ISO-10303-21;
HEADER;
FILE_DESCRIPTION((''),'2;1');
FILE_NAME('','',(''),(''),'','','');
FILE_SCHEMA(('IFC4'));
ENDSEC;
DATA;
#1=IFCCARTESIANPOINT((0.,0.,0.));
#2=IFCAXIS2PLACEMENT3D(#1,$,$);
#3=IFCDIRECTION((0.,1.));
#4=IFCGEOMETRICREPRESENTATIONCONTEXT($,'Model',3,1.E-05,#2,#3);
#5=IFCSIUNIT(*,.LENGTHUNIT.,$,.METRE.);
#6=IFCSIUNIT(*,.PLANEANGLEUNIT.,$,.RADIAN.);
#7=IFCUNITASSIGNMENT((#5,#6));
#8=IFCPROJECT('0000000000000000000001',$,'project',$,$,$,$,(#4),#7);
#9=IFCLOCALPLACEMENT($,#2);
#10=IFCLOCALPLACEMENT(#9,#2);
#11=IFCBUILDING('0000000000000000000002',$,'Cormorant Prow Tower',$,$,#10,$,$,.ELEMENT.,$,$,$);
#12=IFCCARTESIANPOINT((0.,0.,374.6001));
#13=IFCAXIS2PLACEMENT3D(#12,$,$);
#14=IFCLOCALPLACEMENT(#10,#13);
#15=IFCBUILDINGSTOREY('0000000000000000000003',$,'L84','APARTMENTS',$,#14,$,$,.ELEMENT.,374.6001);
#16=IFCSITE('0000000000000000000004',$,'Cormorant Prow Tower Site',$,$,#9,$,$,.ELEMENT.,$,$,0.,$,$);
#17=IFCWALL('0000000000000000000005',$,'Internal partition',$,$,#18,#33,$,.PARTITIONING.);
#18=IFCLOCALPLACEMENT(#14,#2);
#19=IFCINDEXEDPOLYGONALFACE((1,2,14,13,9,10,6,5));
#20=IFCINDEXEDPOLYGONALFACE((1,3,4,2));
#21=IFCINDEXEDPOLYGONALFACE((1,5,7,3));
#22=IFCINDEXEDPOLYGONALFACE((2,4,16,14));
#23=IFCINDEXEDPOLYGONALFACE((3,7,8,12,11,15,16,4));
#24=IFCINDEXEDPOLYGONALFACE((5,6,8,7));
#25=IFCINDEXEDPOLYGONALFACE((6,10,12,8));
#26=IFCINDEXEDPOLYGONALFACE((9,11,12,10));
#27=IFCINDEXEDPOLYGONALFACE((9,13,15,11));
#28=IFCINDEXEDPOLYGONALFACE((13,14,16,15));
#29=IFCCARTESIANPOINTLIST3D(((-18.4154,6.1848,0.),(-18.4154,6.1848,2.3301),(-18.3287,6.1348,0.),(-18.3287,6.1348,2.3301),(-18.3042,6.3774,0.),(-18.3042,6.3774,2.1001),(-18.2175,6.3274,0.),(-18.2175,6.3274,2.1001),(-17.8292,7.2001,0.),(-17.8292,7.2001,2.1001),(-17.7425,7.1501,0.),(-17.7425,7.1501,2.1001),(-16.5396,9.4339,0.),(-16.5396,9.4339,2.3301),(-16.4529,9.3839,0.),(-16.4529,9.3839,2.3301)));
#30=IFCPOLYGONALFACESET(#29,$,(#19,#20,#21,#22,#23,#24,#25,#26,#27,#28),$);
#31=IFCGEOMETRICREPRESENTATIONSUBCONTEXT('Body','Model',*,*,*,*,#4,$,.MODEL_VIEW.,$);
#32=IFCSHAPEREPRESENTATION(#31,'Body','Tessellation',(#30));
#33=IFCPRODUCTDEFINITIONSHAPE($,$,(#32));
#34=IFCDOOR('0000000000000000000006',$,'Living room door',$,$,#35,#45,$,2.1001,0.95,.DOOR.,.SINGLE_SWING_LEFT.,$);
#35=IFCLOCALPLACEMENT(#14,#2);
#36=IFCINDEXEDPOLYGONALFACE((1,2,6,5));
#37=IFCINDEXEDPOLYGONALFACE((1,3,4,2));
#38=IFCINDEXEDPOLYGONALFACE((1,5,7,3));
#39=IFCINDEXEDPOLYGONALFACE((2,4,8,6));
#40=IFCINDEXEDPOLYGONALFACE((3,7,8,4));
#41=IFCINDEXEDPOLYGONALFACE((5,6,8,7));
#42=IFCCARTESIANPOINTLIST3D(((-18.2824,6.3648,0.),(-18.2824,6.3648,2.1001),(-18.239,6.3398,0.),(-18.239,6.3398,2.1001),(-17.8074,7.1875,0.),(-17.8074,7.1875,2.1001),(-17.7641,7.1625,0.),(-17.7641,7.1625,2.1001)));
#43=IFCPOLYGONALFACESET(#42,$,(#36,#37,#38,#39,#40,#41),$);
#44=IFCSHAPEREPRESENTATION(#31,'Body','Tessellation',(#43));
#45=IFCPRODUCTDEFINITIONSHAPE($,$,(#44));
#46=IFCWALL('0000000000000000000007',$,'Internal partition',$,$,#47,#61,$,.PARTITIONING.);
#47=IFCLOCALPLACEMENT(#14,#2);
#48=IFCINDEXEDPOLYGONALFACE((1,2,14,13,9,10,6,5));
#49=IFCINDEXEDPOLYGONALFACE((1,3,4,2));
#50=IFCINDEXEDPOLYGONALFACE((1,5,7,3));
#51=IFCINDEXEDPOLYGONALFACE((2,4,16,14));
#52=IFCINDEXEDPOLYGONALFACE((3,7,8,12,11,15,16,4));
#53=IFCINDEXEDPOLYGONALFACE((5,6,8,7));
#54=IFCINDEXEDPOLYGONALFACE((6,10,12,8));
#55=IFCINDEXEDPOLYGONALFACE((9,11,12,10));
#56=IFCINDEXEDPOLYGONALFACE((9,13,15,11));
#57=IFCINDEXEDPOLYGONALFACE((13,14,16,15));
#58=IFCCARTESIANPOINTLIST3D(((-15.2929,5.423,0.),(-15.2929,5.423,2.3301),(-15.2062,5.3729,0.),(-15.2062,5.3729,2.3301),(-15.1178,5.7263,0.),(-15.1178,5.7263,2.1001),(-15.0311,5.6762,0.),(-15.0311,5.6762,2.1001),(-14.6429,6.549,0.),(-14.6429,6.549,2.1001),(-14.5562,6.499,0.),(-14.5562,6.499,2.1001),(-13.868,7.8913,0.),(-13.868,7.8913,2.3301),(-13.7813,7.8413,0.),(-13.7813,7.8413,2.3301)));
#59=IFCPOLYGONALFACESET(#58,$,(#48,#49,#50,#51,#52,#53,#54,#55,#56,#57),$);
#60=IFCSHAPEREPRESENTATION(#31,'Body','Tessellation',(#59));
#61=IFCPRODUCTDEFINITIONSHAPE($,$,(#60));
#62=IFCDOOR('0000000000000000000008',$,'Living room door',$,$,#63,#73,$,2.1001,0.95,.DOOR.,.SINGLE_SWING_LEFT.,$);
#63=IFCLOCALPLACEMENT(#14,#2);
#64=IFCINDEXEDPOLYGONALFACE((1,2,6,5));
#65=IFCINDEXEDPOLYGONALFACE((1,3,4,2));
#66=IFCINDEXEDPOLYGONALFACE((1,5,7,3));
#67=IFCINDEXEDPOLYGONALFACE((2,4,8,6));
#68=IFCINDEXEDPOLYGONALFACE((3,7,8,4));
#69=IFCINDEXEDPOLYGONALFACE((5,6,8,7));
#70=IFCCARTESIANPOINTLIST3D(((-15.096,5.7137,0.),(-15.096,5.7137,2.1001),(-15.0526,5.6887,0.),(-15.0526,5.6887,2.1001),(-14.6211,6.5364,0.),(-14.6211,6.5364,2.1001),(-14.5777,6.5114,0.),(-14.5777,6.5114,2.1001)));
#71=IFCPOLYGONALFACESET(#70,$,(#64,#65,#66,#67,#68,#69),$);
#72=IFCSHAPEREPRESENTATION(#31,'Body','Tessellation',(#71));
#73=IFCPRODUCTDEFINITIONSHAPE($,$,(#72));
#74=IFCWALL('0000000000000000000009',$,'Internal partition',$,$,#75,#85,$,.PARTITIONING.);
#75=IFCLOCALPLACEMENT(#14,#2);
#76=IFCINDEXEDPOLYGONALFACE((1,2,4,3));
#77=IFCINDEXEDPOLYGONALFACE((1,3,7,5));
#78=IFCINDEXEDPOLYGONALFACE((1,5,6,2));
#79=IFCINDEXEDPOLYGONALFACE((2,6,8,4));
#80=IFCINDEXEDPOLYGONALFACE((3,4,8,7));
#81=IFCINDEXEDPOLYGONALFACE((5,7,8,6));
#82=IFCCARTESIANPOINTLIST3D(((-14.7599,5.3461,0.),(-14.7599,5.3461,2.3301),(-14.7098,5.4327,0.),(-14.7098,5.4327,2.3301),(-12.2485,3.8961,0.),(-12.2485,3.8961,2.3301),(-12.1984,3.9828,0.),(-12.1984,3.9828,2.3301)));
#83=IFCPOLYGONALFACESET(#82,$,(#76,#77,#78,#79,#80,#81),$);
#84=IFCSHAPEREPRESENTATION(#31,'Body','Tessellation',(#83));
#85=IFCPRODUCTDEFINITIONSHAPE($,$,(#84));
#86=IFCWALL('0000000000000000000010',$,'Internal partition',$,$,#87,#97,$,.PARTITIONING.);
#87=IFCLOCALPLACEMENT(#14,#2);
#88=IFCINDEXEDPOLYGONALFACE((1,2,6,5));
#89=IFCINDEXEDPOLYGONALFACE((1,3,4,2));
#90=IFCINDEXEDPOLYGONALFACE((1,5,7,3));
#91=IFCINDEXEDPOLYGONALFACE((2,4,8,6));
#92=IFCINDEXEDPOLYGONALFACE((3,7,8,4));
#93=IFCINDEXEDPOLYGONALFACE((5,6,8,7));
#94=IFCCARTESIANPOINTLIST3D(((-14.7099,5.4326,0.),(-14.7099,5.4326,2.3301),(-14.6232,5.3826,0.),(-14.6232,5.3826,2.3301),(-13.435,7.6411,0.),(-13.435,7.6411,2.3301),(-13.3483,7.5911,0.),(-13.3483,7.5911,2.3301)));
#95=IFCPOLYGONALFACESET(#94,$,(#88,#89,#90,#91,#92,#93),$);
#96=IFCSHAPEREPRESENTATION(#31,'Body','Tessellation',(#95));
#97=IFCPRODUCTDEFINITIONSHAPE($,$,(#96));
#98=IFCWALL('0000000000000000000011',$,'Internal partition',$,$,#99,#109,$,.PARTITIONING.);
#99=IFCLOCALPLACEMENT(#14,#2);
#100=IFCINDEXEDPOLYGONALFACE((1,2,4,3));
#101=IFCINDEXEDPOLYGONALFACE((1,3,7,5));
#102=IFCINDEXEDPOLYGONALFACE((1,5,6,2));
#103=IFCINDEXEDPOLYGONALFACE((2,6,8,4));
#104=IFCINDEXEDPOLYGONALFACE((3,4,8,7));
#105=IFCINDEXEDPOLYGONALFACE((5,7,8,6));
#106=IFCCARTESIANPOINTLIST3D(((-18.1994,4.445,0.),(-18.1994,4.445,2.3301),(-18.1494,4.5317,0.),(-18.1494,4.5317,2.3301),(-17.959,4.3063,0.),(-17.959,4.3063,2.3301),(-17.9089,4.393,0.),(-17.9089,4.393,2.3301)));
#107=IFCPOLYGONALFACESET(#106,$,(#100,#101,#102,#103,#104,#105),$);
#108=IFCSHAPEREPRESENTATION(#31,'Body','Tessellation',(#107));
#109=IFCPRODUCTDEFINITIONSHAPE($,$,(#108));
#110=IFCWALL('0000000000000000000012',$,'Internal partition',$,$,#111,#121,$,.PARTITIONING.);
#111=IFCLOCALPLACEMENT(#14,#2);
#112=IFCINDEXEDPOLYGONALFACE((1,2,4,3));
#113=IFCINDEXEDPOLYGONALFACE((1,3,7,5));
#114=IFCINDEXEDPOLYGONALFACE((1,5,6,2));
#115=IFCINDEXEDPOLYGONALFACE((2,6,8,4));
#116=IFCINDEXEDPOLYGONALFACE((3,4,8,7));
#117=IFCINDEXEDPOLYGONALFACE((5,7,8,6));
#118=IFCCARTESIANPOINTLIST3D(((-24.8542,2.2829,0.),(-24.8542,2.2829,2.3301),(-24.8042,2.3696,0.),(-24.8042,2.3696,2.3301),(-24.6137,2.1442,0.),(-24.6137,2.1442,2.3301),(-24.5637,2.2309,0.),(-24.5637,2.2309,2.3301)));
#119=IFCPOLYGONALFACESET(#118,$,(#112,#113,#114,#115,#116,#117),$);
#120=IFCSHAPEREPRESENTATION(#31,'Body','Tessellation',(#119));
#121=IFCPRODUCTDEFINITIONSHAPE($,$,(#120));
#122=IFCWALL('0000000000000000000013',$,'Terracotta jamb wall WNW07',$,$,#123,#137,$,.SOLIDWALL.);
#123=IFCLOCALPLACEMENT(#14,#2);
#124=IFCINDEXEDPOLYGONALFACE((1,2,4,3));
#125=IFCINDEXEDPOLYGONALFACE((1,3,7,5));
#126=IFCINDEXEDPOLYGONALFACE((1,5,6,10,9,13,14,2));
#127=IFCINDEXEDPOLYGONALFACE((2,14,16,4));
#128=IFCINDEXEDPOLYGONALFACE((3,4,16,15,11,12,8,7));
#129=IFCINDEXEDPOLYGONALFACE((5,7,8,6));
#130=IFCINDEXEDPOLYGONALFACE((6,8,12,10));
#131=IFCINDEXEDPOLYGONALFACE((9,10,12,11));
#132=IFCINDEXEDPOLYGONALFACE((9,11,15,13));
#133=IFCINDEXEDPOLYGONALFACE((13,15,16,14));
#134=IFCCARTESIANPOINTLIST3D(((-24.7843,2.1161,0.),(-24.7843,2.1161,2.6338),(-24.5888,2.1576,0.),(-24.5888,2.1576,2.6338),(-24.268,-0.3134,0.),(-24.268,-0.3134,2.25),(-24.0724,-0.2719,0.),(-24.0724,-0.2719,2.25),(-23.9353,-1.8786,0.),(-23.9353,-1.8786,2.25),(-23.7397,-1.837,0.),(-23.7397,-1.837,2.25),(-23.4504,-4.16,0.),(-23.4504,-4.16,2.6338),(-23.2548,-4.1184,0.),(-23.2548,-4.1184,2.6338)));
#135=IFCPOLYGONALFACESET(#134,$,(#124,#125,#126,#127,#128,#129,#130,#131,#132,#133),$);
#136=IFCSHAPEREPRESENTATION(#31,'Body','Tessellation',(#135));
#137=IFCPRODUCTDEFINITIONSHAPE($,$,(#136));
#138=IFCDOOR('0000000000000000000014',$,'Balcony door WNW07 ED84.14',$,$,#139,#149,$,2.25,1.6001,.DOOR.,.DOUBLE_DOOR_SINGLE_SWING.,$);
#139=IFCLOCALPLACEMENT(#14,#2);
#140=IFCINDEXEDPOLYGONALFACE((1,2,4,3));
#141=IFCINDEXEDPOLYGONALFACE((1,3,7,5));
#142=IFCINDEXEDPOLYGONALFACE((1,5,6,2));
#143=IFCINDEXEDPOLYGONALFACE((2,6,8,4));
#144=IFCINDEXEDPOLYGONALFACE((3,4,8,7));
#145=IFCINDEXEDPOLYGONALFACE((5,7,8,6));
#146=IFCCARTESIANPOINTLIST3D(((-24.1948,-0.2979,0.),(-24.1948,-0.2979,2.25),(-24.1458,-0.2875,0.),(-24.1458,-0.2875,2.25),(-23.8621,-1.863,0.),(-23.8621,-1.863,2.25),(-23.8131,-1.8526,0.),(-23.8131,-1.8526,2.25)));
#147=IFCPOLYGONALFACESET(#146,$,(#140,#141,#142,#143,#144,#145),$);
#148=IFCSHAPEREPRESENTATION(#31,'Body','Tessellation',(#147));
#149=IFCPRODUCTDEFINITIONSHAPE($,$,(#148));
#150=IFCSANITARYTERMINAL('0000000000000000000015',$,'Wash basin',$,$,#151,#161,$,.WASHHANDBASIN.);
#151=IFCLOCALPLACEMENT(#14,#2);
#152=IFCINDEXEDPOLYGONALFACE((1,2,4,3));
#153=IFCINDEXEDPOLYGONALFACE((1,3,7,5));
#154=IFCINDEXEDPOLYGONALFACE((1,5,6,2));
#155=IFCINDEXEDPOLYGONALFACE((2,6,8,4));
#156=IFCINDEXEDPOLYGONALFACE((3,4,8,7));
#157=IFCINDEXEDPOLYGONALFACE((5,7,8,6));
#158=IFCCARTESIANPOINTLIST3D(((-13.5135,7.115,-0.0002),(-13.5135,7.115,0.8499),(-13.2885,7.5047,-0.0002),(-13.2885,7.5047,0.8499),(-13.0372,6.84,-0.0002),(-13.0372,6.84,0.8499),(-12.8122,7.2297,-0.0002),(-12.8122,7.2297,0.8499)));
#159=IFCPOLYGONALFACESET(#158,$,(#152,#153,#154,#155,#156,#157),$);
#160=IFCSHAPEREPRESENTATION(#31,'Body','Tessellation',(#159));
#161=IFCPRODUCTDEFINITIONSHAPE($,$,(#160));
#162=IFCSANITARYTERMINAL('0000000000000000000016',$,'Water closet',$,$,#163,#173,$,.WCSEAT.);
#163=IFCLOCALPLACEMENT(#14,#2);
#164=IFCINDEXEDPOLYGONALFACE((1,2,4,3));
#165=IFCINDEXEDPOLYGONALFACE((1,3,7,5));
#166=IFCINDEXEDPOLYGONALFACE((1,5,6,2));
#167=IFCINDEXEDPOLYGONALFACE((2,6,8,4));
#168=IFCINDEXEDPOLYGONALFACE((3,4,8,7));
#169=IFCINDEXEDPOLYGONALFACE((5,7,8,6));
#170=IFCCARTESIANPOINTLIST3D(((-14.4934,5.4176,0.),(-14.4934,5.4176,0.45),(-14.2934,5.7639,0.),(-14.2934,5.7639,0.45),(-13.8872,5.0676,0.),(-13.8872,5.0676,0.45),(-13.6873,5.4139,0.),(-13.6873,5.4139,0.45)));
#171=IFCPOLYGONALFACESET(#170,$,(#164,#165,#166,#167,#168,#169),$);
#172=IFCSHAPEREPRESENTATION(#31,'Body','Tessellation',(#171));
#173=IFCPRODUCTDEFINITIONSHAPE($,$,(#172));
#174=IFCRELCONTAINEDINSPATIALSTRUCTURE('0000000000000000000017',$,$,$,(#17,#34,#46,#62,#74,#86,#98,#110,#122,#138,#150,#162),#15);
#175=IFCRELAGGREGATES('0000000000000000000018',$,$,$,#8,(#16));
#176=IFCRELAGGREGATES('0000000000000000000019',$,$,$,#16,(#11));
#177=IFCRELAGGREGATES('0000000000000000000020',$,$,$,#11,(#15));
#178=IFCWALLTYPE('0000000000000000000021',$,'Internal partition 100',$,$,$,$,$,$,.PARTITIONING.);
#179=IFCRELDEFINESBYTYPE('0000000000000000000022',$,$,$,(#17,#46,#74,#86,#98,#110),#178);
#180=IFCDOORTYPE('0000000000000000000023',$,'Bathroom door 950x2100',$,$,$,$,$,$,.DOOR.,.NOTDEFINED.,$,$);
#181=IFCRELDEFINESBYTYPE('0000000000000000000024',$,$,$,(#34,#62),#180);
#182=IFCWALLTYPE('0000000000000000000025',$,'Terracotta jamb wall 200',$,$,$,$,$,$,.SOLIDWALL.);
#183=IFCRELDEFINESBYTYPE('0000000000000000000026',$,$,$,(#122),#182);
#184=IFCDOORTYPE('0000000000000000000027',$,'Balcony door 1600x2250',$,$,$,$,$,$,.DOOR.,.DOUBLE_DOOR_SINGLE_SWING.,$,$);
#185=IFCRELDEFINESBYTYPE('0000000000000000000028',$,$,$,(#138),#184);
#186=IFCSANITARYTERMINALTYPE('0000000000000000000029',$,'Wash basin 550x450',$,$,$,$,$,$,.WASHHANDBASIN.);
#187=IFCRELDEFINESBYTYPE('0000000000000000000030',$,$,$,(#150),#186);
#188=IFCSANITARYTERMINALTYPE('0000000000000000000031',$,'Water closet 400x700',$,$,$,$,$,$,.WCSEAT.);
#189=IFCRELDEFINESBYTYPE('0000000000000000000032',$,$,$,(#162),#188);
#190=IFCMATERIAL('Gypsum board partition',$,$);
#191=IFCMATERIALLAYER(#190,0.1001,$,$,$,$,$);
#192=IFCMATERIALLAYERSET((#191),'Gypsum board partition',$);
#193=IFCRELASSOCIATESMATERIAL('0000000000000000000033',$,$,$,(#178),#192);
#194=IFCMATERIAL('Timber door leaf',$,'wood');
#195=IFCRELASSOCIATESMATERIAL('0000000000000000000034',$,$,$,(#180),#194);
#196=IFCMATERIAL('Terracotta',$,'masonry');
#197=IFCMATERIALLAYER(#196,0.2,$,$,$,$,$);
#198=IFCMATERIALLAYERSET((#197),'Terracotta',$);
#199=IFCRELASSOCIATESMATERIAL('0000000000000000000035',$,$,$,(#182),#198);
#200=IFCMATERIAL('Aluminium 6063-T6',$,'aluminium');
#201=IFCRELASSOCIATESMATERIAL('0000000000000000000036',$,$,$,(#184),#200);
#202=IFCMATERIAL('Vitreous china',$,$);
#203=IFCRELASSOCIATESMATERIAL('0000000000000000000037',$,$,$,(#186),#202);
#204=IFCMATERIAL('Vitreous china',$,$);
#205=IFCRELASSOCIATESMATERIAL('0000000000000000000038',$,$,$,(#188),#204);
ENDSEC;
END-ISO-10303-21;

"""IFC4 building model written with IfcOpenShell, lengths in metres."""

from ifc_helpers import new_model, si_unit, direction, frame, frame_2d, origin, origin_2d, place, context, subcontext, project, spatial, rectangle, extrude, material, layer, layer_set, type_object, element, fill, save


model = new_model("IFC4")

# Units and contexts
model_context = context("Model", 3, precision=1e-05, world=origin(), true_north=direction((0.0, 1.0)))
body_context = subcontext(model_context, "Body", "Model", "MODEL_VIEW")
ifc_project = project(units=[si_unit("LENGTHUNIT", "METRE"), si_unit("PLANEANGLEUNIT", "RADIAN")], contexts=[model_context])

# Site, building, storey
site_placement = place(None, origin())
site = spatial("IfcSite", under=ifc_project, at=site_placement, Name="Cormorant Prow Tower Site", CompositionType="ELEMENT", RefElevation=0.0)
building_placement = place(site_placement, origin())
building = spatial("IfcBuilding", under=site, at=building_placement, Name="Cormorant Prow Tower", CompositionType="ELEMENT")
storey_placement = place(building_placement, frame((0.0, 0.0, 374.6001)))
storey = spatial("IfcBuildingStorey", under=building, at=storey_placement, Name="L84", Description="APARTMENTS", CompositionType="ELEMENT", Elevation=374.6001)

# Shared definitions
ifc_material_1 = material(Name="Gypsum board partition")
ifc_layer_1 = layer(ifc_material_1, 0.1001)
ifc_layer_set_1 = layer_set([ifc_layer_1], Name="Gypsum board partition")
wall_type_1 = type_object("IfcWallType", Name="Internal partition 100", PredefinedType="PARTITIONING", material=ifc_layer_set_1)
ifc_material_2 = material(Name="Timber door leaf", Category="wood")
door_type_1 = type_object("IfcDoorType", Name="Bathroom door 950x2100", OperationType="NOTDEFINED", PredefinedType="DOOR", material=ifc_material_2)

# Walls, openings, doors
wall_1_placement = place(storey_placement, frame((-18.3721, 6.1597, 0.0), z_axis=(0.0, 0.0, 1.0), x_axis=(0.499982, 0.866036, 0.0)))
wall_1 = element("IfcWall", 1, at=wall_1_placement, inside=storey, type_object=wall_type_1, Name="Internal partition", PredefinedType="PARTITIONING", context=body_context, shape_type="SweptSolid", body=[
    extrude(rectangle(XDim=3.7517, YDim=0.1001, at=frame_2d((1.876, 0.0))), origin(), (0.0, 0.0, 1.0), 2.3301),
])
opening_1_placement = place(wall_1_placement, frame((0.2224, 0.0, 0.0)))
opening_1 = element("IfcOpeningElement", 2, at=opening_1_placement, cuts=wall_1, PredefinedType="OPENING", context=body_context, shape_type="SweptSolid", body=[
    extrude(rectangle(XDim=0.95, YDim=2.1001, at=frame_2d((0.4751, 1.05))), frame((0.0, 0.0601, 0.0), z_axis=(0.0, -1.0, 0.0), x_axis=(1.0, 0.0, 0.0)), (0.0, 0.0, 1.0), 0.1201),
])
door_1_placement = place(opening_1_placement, origin())
door_1 = element("IfcDoor", 3, at=door_1_placement, inside=storey, type_object=door_type_1, Name="Living room door", OperationType="SINGLE_SWING_LEFT", OverallHeight=2.1001, OverallWidth=0.95, PredefinedType="DOOR", context=body_context, shape_type="SweptSolid", body=[
    extrude(rectangle(XDim=0.95, YDim=2.1001, at=frame_2d((0.4751, 1.05))), frame((0.0, 0.0249, 0.0), z_axis=(0.0, -1.0, 0.0), x_axis=(1.0, 0.0, 0.0)), (0.0, 0.0, 1.0), 0.05),
])
fill(opening_1, door_1)
wall_2_placement = place(storey_placement, frame((-15.2495, 5.3979, 0.0), z_axis=(0.0, 0.0, 1.0), x_axis=(0.499935, 0.866063, 0.0)))
wall_2 = element("IfcWall", 4, at=wall_2_placement, inside=storey, type_object=wall_type_1, Name="Internal partition", PredefinedType="PARTITIONING", context=body_context, shape_type="SweptSolid", body=[
    extrude(rectangle(XDim=2.8501, YDim=0.1001, at=frame_2d((1.425, 0.0))), origin(), (0.0, 0.0, 1.0), 2.3301),
])
opening_2_placement = place(wall_2_placement, frame((0.3501, 0.0, 0.0)))
opening_2 = element("IfcOpeningElement", 5, at=opening_2_placement, cuts=wall_2, PredefinedType="OPENING", context=body_context, shape_type="SweptSolid", body=[
    extrude(rectangle(XDim=0.95, YDim=2.1001, at=frame_2d((0.4751, 1.05))), frame((0.0, 0.0601, 0.0), z_axis=(0.0, -1.0, 0.0), x_axis=(1.0, 0.0, 0.0)), (0.0, 0.0, 1.0), 0.1201),
])
door_2_placement = place(opening_2_placement, origin())
door_2 = element("IfcDoor", 6, at=door_2_placement, inside=storey, type_object=door_type_1, Name="Living room door", OperationType="SINGLE_SWING_LEFT", OverallHeight=2.1001, OverallWidth=0.95, PredefinedType="DOOR", context=body_context, shape_type="SweptSolid", body=[
    extrude(rectangle(XDim=0.95, YDim=2.1001, at=frame_2d((0.4751, 1.05))), frame((0.0, 0.0249, 0.0), z_axis=(0.0, -1.0, 0.0), x_axis=(1.0, 0.0, 0.0)), (0.0, 0.0, 1.0), 0.05),
])
fill(opening_2, door_2)

# Walls
wall_3_placement = place(storey_placement, frame((-14.7349, 5.3894, 0.0), z_axis=(0.0, 0.0, 1.0), x_axis=(0.866033, -0.499987, 0.0)))
element("IfcWall", 7, at=wall_3_placement, inside=storey, type_object=wall_type_1, Name="Internal partition", PredefinedType="PARTITIONING", context=body_context, shape_type="SweptSolid", body=[
    extrude(rectangle(XDim=2.8999, YDim=0.1001, at=frame_2d((1.45, 0.0))), origin(), (0.0, 0.0, 1.0), 2.3301),
])
wall_4_placement = place(storey_placement, frame((-14.6665, 5.4077, 0.0), z_axis=(0.0, 0.0, 1.0), x_axis=(0.499949, 0.866055, 0.0)))
element("IfcWall", 8, at=wall_4_placement, inside=storey, type_object=wall_type_1, Name="Internal partition", PredefinedType="PARTITIONING", context=body_context, shape_type="SweptSolid", body=[
    extrude(rectangle(XDim=2.55, YDim=0.1001, at=frame_2d((1.2749, 0.0))), origin(), (0.0, 0.0, 1.0), 2.3301),
])
for number, where, z_axis, x_axis, name in (
    (9, (-18.1743, 4.4883, 0.0), (0.0, 0.0, 1.0), (0.866288, -0.499545, 0.0), "Internal partition"),
    (10, (-24.8291, 2.3262, 0.0), (0.0, 0.0, 1.0), (0.866288, -0.499545, 0.0), "Internal partition"),
):
    element("IfcWall", number, at=place(storey_placement, frame(where, z_axis=z_axis, x_axis=x_axis)), inside=storey, type_object=wall_type_1, Name=name, PredefinedType="PARTITIONING", context=body_context, shape_type="SweptSolid", body=[
        extrude(rectangle(XDim=0.2776, YDim=0.1001, at=frame_2d((0.1387, 0.0))), origin(), (0.0, 0.0, 1.0), 2.3301),
    ])

# Wall, opening, door
ifc_material_3 = material(Name="Terracotta", Category="masonry")
ifc_layer_2 = layer(ifc_material_3, 0.2)
ifc_layer_set_2 = layer_set([ifc_layer_2], Name="Terracotta")
wall_type_2 = type_object("IfcWallType", Name="Terracotta jamb wall 200", PredefinedType="SOLIDWALL", material=ifc_layer_set_2)
wall_5_placement = place(storey_placement, frame((-24.6865, 2.1367, 0.0), z_axis=(0.0, 0.0, 1.0), x_axis=(0.207905, -0.978149, 0.0)))
wall_5 = element("IfcWall", 11, at=wall_5_placement, inside=storey, type_object=wall_type_2, Name="Terracotta jamb wall WNW07", PredefinedType="SOLIDWALL", context=body_context, shape_type="SweptSolid", body=[
    extrude(rectangle(XDim=6.4163, YDim=0.2, at=frame_2d((3.208, 0.0))), origin(), (0.0, 0.0, 1.0), 2.6338),
])
opening_3_placement = place(wall_5_placement, frame((2.4836, 0.0, 0.0)))
opening_3 = element("IfcOpeningElement", 12, at=opening_3_placement, cuts=wall_5, PredefinedType="OPENING", context=body_context, shape_type="SweptSolid", body=[
    extrude(rectangle(XDim=1.6001, YDim=2.25, at=frame_2d((0.8, 1.125))), frame((0.0, 0.1099, 0.0), z_axis=(0.0, -1.0, 0.0), x_axis=(1.0, 0.0, 0.0)), (0.0, 0.0, 1.0), 0.22),
])
ifc_material_4 = material(Name="Aluminium 6063-T6", Category="aluminium")
door_type_2 = type_object("IfcDoorType", Name="Balcony door 1600x2250", OperationType="DOUBLE_DOOR_SINGLE_SWING", PredefinedType="DOOR", material=ifc_material_4)
door_3_placement = place(opening_3_placement, origin())
door_3 = element("IfcDoor", 13, at=door_3_placement, inside=storey, type_object=door_type_2, Name="Balcony door WNW07 ED84.14", OperationType="DOUBLE_DOOR_SINGLE_SWING", OverallHeight=2.25, OverallWidth=1.6001, PredefinedType="DOOR", context=body_context, shape_type="SweptSolid", body=[
    extrude(rectangle(XDim=1.6001, YDim=2.25, at=frame_2d((0.8, 1.125))), frame((0.0, 0.0249, 0.0), z_axis=(0.0, -1.0, 0.0), x_axis=(1.0, 0.0, 0.0)), (0.0, 0.0, 1.0), 0.05),
])
fill(opening_3, door_3)

# Sanitary terminals
ifc_material_5 = material(Name="Vitreous china")
sanitary_terminal_type_1 = type_object("IfcSanitaryTerminalType", Name="Wash basin 550x450", PredefinedType="WASHHANDBASIN", material=ifc_material_5)
sanitary_terminal_1_placement = place(storey_placement, frame((-13.1628, 7.1724, -0.0002), z_axis=(0.0, 0.0, 1.0), x_axis=(0.866025, -0.5, 0.0)))
element("IfcSanitaryTerminal", 14, at=sanitary_terminal_1_placement, inside=storey, type_object=sanitary_terminal_type_1, Name="Wash basin", PredefinedType="WASHHANDBASIN", context=body_context, shape_type="SweptSolid", body=[
    extrude(rectangle(XDim=0.55, YDim=0.45, at=origin_2d()), origin(), (0.0, 0.0, 1.0), 0.8501),
])
ifc_material_6 = material(Name="Vitreous china")
sanitary_terminal_type_2 = type_object("IfcSanitaryTerminalType", Name="Water closet 400x700", PredefinedType="WCSEAT", material=ifc_material_6)
sanitary_terminal_2_placement = place(storey_placement, frame((-14.0903, 5.4158, 0.0), z_axis=(0.0, 0.0, 1.0), x_axis=(0.5, 0.866025, 0.0)))
element("IfcSanitaryTerminal", 15, at=sanitary_terminal_2_placement, inside=storey, type_object=sanitary_terminal_type_2, Name="Water closet", PredefinedType="WCSEAT", context=body_context, shape_type="SweptSolid", body=[
    extrude(rectangle(XDim=0.3999, YDim=0.7, at=origin_2d()), origin(), (0.0, 0.0, 1.0), 0.45),
])

save(model, "model.ifc")
